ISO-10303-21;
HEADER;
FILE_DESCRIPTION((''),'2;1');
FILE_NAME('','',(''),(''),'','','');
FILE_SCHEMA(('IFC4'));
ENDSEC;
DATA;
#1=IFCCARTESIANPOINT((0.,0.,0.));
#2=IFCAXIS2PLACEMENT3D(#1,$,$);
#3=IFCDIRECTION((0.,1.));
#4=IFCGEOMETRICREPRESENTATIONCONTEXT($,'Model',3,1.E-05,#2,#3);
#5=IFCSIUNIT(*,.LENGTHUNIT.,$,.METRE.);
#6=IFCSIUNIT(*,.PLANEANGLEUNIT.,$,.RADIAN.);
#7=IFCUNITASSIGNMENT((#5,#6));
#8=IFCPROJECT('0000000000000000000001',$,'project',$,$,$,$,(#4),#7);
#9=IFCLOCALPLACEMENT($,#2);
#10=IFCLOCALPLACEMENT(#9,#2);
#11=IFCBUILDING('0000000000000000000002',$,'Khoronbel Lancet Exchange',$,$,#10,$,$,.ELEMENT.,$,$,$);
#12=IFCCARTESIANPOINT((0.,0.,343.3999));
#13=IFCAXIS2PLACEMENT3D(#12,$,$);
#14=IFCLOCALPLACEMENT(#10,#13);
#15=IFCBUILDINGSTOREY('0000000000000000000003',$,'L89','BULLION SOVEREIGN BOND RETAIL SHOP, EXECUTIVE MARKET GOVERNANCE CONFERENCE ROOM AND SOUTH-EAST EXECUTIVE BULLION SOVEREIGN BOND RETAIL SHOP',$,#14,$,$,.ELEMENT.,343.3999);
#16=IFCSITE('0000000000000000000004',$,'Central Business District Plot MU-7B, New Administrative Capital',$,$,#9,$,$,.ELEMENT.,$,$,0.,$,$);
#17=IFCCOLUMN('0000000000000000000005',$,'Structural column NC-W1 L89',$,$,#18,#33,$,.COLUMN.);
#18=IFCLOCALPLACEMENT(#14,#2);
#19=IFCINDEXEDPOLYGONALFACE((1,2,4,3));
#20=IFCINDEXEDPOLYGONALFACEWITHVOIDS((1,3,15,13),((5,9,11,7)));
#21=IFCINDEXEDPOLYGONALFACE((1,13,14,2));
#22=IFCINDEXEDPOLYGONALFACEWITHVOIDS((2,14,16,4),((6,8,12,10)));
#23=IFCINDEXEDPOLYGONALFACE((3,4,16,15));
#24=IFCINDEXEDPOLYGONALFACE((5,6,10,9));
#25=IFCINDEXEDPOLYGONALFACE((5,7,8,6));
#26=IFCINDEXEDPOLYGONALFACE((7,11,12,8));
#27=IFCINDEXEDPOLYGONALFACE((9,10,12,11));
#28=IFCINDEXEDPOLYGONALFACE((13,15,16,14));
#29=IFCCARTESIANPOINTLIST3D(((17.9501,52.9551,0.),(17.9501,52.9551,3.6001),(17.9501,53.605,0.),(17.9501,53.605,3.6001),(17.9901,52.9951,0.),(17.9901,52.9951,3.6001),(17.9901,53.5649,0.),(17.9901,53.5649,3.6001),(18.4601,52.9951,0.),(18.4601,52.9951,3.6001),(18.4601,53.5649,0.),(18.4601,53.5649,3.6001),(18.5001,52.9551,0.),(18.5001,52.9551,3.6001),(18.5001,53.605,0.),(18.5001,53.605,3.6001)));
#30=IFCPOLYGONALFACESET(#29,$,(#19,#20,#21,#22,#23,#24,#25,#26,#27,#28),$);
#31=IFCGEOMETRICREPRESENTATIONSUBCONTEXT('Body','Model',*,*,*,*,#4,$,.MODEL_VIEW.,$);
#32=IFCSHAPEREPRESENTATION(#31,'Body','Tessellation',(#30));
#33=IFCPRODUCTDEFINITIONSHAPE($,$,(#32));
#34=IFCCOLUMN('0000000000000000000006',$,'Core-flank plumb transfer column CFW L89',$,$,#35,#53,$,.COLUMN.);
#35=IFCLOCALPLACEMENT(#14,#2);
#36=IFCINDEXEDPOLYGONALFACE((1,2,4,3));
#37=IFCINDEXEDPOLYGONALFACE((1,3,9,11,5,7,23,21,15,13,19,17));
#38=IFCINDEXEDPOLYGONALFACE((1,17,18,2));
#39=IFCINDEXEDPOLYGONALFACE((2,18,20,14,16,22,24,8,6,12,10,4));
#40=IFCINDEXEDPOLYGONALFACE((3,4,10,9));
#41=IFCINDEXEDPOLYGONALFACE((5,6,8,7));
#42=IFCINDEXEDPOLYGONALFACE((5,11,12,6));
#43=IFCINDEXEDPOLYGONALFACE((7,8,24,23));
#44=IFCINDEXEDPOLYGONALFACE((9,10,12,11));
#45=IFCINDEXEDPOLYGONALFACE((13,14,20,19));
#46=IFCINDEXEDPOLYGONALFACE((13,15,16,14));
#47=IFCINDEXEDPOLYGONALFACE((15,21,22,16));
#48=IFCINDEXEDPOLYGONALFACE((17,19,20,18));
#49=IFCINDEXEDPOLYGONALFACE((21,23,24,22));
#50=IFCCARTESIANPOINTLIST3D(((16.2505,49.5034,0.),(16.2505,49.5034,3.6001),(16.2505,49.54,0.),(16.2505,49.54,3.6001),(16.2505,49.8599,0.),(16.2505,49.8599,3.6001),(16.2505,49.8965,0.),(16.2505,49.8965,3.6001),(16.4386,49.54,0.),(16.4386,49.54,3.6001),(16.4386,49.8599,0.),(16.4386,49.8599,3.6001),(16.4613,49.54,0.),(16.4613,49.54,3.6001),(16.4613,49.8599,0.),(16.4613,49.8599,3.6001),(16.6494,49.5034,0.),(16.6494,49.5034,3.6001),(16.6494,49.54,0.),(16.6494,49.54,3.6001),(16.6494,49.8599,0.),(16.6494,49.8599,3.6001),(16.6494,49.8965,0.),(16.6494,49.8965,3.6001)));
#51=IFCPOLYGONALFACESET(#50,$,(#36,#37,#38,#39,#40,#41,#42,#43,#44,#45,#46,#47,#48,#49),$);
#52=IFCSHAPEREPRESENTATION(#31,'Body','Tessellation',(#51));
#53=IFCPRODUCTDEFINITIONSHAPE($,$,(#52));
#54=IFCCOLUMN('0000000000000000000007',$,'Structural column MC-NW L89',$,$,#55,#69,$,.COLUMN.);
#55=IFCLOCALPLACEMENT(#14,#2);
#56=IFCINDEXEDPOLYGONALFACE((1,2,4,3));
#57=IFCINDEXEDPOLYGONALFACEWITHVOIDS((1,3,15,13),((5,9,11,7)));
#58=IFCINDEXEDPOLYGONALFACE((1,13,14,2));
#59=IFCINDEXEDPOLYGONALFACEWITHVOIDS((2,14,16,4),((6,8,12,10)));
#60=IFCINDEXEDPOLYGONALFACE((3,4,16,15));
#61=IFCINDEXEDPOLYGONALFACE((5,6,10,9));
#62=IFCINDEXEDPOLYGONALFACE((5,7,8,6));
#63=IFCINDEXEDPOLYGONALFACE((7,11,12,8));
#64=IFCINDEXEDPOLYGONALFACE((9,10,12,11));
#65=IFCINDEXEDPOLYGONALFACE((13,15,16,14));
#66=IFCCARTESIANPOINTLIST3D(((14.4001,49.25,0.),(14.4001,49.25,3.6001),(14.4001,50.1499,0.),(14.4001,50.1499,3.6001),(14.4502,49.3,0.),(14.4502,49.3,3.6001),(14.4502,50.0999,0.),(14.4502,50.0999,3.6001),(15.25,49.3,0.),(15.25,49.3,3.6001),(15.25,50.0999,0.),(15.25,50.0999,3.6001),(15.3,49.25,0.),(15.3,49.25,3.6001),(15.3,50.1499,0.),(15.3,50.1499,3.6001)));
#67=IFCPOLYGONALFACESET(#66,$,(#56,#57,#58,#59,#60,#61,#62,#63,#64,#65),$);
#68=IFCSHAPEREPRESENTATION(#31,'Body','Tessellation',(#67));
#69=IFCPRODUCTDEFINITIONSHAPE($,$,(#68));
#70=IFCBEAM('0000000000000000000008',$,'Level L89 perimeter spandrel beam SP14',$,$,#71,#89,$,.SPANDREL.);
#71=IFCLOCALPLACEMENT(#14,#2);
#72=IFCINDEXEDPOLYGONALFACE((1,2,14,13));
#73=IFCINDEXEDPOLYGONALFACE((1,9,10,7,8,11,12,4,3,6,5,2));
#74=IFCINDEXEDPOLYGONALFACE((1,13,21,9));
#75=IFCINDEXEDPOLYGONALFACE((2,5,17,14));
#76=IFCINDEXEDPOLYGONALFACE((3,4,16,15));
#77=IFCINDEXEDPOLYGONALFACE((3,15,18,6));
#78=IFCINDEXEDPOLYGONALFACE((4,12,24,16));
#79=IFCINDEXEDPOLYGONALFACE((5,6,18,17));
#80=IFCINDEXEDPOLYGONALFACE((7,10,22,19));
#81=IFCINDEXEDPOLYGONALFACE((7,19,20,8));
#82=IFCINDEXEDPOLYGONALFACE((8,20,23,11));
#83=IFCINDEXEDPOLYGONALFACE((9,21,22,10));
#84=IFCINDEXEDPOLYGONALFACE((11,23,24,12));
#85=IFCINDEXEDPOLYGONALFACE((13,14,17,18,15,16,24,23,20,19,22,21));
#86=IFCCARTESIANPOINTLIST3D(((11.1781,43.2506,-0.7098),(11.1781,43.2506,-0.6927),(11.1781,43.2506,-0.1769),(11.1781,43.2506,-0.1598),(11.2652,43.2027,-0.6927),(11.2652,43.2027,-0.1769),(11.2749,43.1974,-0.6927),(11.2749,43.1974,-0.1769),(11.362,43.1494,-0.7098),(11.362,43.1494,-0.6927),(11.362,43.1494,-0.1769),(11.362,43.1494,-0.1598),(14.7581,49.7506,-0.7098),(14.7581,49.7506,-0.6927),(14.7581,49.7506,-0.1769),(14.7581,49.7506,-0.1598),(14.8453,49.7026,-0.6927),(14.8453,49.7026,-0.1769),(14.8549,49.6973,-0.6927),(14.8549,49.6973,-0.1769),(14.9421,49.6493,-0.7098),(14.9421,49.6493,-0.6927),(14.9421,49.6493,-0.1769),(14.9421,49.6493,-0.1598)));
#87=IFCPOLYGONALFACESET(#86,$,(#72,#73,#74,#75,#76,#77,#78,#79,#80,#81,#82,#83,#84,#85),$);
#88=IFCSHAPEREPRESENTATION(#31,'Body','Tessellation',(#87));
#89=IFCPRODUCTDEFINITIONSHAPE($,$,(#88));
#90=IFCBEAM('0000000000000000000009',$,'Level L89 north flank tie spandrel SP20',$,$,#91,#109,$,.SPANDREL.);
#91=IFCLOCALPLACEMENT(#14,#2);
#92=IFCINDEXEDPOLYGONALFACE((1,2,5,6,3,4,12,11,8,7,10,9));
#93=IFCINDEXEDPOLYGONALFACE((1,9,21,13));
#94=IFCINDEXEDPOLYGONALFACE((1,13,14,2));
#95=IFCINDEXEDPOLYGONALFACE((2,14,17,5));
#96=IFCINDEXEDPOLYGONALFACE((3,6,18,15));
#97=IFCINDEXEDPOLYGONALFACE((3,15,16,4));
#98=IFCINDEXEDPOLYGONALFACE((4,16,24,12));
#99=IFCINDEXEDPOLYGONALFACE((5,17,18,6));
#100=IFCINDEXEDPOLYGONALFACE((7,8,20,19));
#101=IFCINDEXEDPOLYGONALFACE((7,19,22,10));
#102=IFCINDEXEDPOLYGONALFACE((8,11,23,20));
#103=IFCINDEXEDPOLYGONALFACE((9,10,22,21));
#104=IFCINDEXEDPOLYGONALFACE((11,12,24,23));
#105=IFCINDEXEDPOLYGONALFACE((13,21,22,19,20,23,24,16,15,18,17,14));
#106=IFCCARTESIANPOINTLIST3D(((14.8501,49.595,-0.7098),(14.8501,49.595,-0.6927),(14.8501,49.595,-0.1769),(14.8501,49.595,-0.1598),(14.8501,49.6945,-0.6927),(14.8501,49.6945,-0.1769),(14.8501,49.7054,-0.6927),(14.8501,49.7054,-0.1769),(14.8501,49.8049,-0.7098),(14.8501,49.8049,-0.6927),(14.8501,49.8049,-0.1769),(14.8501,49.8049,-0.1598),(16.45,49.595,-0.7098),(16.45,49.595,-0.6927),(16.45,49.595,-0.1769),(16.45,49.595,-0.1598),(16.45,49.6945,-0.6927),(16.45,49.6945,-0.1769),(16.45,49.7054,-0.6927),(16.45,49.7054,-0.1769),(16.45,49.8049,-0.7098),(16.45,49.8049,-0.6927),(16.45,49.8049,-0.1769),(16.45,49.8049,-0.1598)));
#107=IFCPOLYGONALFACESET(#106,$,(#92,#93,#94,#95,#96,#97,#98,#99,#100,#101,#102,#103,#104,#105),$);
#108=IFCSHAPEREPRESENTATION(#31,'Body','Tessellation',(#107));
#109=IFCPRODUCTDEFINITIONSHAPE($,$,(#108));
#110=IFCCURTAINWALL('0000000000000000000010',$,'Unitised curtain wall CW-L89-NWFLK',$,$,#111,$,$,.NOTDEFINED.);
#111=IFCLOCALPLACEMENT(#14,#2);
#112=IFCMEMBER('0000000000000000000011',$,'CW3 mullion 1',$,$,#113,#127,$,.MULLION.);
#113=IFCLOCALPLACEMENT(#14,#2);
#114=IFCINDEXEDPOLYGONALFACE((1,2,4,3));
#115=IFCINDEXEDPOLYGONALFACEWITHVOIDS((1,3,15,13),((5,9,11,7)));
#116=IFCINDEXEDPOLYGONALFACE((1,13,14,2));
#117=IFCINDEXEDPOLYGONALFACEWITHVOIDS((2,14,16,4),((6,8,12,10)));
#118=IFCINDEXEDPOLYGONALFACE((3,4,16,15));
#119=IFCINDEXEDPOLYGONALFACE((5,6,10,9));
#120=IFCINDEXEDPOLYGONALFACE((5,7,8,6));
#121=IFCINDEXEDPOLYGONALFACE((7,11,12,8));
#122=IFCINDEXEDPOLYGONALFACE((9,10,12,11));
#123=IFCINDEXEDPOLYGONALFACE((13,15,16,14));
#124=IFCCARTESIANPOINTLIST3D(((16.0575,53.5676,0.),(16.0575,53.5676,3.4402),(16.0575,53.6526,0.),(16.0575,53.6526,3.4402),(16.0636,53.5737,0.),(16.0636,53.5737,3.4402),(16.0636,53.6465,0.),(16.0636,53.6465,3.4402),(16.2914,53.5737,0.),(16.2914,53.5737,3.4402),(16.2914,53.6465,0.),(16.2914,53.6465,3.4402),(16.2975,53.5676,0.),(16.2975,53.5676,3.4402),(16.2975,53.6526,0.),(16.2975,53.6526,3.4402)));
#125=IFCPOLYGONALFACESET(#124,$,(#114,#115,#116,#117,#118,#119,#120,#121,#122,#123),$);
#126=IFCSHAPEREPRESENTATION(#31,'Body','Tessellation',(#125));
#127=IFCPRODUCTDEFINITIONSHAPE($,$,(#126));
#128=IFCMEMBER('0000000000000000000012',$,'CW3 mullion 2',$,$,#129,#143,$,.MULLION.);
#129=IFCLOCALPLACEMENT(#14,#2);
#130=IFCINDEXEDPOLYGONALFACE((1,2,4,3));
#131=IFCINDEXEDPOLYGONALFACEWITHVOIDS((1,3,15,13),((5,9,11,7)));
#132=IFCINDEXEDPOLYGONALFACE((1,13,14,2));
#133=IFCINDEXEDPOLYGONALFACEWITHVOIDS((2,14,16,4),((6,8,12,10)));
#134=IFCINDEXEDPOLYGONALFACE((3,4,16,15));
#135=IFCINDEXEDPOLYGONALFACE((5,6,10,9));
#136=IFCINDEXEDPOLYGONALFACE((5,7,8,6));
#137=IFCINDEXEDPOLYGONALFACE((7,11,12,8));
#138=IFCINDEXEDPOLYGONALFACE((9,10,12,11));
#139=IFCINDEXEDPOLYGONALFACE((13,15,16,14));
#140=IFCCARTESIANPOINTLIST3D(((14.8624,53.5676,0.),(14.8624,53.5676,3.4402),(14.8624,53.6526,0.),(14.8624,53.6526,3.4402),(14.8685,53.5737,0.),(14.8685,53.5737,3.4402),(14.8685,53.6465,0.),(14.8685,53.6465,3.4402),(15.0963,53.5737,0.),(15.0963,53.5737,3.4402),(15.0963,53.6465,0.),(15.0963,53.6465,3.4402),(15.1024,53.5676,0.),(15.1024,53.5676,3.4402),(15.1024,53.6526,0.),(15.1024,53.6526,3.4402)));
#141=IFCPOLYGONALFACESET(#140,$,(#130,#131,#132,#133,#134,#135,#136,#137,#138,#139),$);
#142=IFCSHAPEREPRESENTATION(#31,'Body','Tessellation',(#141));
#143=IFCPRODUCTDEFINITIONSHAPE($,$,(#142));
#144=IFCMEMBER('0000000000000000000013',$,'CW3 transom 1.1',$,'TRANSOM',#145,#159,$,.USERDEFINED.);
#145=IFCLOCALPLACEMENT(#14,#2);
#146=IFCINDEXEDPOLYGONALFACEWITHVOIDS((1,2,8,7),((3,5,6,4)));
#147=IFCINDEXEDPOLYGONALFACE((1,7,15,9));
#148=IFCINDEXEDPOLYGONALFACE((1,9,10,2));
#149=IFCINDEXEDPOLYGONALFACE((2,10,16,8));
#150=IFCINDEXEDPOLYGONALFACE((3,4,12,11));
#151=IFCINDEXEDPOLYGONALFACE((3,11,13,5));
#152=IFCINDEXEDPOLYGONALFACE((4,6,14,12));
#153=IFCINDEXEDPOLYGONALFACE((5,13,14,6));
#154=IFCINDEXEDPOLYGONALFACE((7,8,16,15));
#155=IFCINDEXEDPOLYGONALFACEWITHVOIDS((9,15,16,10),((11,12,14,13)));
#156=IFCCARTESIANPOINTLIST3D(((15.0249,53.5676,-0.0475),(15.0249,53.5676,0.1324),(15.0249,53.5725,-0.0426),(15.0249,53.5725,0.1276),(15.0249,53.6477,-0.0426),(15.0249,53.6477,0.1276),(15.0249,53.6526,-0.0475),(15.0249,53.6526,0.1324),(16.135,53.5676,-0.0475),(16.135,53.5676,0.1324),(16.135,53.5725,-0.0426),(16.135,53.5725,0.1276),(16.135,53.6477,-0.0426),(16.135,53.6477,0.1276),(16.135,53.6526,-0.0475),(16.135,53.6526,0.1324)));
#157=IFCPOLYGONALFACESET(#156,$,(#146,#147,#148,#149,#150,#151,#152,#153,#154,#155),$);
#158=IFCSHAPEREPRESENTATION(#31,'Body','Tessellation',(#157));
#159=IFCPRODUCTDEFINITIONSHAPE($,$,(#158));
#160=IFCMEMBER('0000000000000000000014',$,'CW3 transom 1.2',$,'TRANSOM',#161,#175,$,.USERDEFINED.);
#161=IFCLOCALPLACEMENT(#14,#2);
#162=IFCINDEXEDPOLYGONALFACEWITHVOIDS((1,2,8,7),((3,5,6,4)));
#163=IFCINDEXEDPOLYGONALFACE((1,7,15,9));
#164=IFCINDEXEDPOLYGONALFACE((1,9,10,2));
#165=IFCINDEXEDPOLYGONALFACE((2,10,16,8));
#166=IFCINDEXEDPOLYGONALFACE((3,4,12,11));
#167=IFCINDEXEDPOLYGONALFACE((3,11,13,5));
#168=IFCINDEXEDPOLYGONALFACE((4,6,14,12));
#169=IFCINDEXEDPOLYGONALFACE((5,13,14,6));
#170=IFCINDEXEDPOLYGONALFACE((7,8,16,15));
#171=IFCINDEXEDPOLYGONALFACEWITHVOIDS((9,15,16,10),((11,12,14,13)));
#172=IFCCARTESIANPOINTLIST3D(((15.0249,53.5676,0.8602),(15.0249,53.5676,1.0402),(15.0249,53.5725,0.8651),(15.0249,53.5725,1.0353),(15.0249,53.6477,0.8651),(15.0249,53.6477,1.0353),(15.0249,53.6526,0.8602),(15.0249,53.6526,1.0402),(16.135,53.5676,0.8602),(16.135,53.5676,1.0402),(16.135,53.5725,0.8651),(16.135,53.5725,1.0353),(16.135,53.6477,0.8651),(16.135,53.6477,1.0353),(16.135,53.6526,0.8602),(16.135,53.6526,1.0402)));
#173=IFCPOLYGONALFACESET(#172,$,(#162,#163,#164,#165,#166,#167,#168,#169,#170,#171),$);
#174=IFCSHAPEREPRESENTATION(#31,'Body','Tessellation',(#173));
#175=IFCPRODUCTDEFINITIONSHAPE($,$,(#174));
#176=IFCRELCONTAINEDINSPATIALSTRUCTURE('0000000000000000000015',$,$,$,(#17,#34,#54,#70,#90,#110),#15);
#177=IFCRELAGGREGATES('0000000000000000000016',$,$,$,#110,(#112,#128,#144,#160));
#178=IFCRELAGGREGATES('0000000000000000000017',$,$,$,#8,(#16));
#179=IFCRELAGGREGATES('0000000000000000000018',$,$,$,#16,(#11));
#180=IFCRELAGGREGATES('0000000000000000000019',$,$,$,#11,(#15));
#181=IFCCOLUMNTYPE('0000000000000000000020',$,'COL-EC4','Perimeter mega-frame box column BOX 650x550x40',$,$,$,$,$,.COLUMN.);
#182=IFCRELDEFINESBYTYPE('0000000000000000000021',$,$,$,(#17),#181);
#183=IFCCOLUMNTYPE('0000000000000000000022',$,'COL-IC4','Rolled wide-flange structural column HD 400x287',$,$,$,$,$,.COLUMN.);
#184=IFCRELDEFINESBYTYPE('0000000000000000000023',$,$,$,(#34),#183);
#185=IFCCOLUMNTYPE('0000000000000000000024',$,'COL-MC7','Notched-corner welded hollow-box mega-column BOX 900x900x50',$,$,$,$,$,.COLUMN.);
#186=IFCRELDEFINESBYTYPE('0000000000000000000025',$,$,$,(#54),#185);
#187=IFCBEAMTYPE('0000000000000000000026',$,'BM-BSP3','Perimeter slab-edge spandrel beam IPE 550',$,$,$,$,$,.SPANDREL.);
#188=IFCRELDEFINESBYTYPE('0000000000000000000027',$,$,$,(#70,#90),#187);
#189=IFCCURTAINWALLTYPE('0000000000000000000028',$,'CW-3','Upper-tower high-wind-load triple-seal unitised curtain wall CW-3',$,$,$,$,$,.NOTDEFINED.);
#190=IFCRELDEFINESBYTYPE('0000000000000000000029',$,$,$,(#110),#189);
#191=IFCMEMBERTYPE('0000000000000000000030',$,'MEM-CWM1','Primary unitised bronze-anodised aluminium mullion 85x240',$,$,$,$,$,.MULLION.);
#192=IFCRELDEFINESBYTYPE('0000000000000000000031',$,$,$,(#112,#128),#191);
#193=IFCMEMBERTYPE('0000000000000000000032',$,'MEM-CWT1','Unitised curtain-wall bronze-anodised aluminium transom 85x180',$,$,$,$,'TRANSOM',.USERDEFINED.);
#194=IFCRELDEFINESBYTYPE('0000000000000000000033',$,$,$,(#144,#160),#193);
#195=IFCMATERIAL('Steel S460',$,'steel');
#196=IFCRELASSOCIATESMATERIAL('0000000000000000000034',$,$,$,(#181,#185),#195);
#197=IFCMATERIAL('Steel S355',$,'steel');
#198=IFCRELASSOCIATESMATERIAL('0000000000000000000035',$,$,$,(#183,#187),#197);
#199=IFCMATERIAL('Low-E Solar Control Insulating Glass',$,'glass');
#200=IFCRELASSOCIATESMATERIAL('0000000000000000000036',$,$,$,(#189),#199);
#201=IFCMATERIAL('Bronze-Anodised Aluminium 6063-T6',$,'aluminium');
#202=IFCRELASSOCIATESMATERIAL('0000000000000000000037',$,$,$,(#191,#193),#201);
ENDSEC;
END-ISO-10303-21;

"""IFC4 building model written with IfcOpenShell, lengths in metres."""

from ifc_helpers import new_model, si_unit, direction, frame, origin, origin_2d, place, context, subcontext, project, spatial, hollow_rectangle, i_section, extrude, material, material_profile, profile_set, type_object, element, aggregate, save


model = new_model("IFC4")

# Units and contexts
model_context = context("Model", 3, precision=1e-05, world=origin(), true_north=direction((0.0, 1.0)))
body_context = subcontext(model_context, "Body", "Model", "MODEL_VIEW")
ifc_project = project(units=[si_unit("LENGTHUNIT", "METRE"), si_unit("PLANEANGLEUNIT", "RADIAN")], contexts=[model_context])

# Site, building, storey
site_placement = place(None, origin())
site = spatial("IfcSite", under=ifc_project, at=site_placement, Name="Central Business District Plot MU-7B, New Administrative Capital", CompositionType="ELEMENT", RefElevation=0.0)
building_placement = place(site_placement, origin())
building = spatial("IfcBuilding", under=site, at=building_placement, Name="Khoronbel Lancet Exchange", CompositionType="ELEMENT")
storey_placement = place(building_placement, frame((0.0, 0.0, 343.3999)))
storey = spatial("IfcBuildingStorey", under=building, at=storey_placement, Name="L89", Description="BULLION SOVEREIGN BOND RETAIL SHOP, EXECUTIVE MARKET GOVERNANCE CONFERENCE ROOM AND SOUTH-EAST EXECUTIVE BULLION SOVEREIGN BOND RETAIL SHOP", CompositionType="ELEMENT", Elevation=343.3999)

# Columns
ifc_material_1 = material(Name="Steel S460", Category="steel")
ifc_material_profile_1 = material_profile(ifc_material_1, hollow_rectangle(XDim=0.55, YDim=0.6499, WallThickness=0.04, at=origin_2d()), Name="BOX 650x550x40")
ifc_profile_set_1 = profile_set([ifc_material_profile_1], Name="Steel S460")
column_type_1 = type_object("IfcColumnType", Name="COL-EC4", Description="Perimeter mega-frame box column BOX 650x550x40", PredefinedType="COLUMN", material=ifc_profile_set_1)
column_1_placement = place(storey_placement, frame((18.2251, 53.28, 0.0), z_axis=(0.0, 0.0, 1.0), x_axis=(1.0, 0.0, 0.0)))
element("IfcColumn", 1, at=column_1_placement, inside=storey, type_object=column_type_1, Name="Structural column NC-W1 L89", PredefinedType="COLUMN", context=body_context, shape_type="SweptSolid", body=[
    extrude(hollow_rectangle(XDim=0.55, YDim=0.6499, WallThickness=0.04, at=origin_2d()), origin(), (0.0, 0.0, 1.0), 3.6001),
])
ifc_material_2 = material(Name="Steel S355", Category="steel")
ifc_material_profile_2 = material_profile(ifc_material_2, i_section(OverallWidth=0.3989, OverallDepth=0.3931, WebThickness=0.0227, FlangeThickness=0.0366, at=origin_2d()), Name="HD 400x287")
ifc_profile_set_2 = profile_set([ifc_material_profile_2], Name="Steel S355")
column_type_2 = type_object("IfcColumnType", Name="COL-IC4", Description="Rolled wide-flange structural column HD 400x287", PredefinedType="COLUMN", material=ifc_profile_set_2)
column_2_placement = place(storey_placement, frame((16.45, 49.7, 0.0), z_axis=(0.0, 0.0, 1.0), x_axis=(1.0, 0.0, 0.0)))
element("IfcColumn", 2, at=column_2_placement, inside=storey, type_object=column_type_2, Name="Core-flank plumb transfer column CFW L89", PredefinedType="COLUMN", context=body_context, shape_type="SweptSolid", body=[
    extrude(i_section(OverallWidth=0.3989, OverallDepth=0.3931, WebThickness=0.0227, FlangeThickness=0.0366, at=origin_2d()), origin(), (0.0, 0.0, 1.0), 3.6001),
])
ifc_material_profile_3 = material_profile(ifc_material_1, hollow_rectangle(XDim=0.8999, YDim=0.8999, WallThickness=0.05, at=origin_2d()), Name="BOX 900x900x50")
ifc_profile_set_3 = profile_set([ifc_material_profile_3], Name="Steel S460")
column_type_3 = type_object("IfcColumnType", Name="COL-MC7", Description="Notched-corner welded hollow-box mega-column BOX 900x900x50", PredefinedType="COLUMN", material=ifc_profile_set_3)
column_3_placement = place(storey_placement, frame((14.8501, 49.7, 0.0), z_axis=(0.0, 0.0, 1.0), x_axis=(1.0, 0.0, 0.0)))
element("IfcColumn", 3, at=column_3_placement, inside=storey, type_object=column_type_3, Name="Structural column MC-NW L89", PredefinedType="COLUMN", context=body_context, shape_type="SweptSolid", body=[
    extrude(hollow_rectangle(XDim=0.8999, YDim=0.8999, WallThickness=0.05, at=origin_2d()), origin(), (0.0, 0.0, 1.0), 3.6001),
])

# Beams
ifc_material_profile_4 = material_profile(ifc_material_2, i_section(OverallWidth=0.21, OverallDepth=0.55, WebThickness=0.011, FlangeThickness=0.0171, at=origin_2d()), Name="IPE 550")
ifc_profile_set_4 = profile_set([ifc_material_profile_4], Name="Steel S355")
beam_type = type_object("IfcBeamType", Name="BM-BSP3", Description="Perimeter slab-edge spandrel beam IPE 550", PredefinedType="SPANDREL", material=ifc_profile_set_4)
beam_1_placement = place(storey_placement, frame((14.8501, 49.7, -0.4348), z_axis=(-0.482444, -0.875927, 0.0), x_axis=(0.875927, -0.482444, 0.0)))
element("IfcBeam", 4, at=beam_1_placement, inside=storey, type_object=beam_type, Name="Level L89 perimeter spandrel beam SP14", PredefinedType="SPANDREL", context=body_context, shape_type="SweptSolid", body=[
    extrude(i_section(OverallWidth=0.21, OverallDepth=0.55, WebThickness=0.011, FlangeThickness=0.0171, at=origin_2d()), origin(), (0.0, 0.0, 1.0), 7.4207),
])
beam_2_placement = place(storey_placement, frame((14.8501, 49.7, -0.4348), z_axis=(1.0, 0.0, 0.0), x_axis=(0.0, 1.0, 0.0)))
element("IfcBeam", 5, at=beam_2_placement, inside=storey, type_object=beam_type, Name="Level L89 north flank tie spandrel SP20", PredefinedType="SPANDREL", context=body_context, shape_type="SweptSolid", body=[
    extrude(i_section(OverallWidth=0.21, OverallDepth=0.55, WebThickness=0.011, FlangeThickness=0.0171, at=origin_2d()), origin(), (0.0, 0.0, 1.0), 1.5999),
])

# Curtain wall, members
ifc_material_3 = material(Name="Low-E Solar Control Insulating Glass", Category="glass")
curtain_wall_type = type_object("IfcCurtainWallType", Name="CW-3", Description="Upper-tower high-wind-load triple-seal unitised curtain wall CW-3", PredefinedType="NOTDEFINED", material=ifc_material_3)
curtain_wall_placement = place(storey_placement, origin())
curtain_wall = element("IfcCurtainWall", 6, at=curtain_wall_placement, inside=storey, type_object=curtain_wall_type, Name="Unitised curtain wall CW-L89-NWFLK", PredefinedType="NOTDEFINED")
ifc_material_4 = material(Name="Bronze-Anodised Aluminium 6063-T6", Category="aluminium")
ifc_material_profile_5 = material_profile(ifc_material_4, hollow_rectangle(XDim=0.085, YDim=0.24, WallThickness=0.0061, at=origin_2d()), Name="ALU MULLION 85x240")
ifc_profile_set_5 = profile_set([ifc_material_profile_5], Name="Bronze-Anodised Aluminium 6063-T6")
member_type_1 = type_object("IfcMemberType", Name="MEM-CWM1", Description="Primary unitised bronze-anodised aluminium mullion 85x240", PredefinedType="MULLION", material=ifc_profile_set_5)
member_1_placement = place(storey_placement, frame((16.1775, 53.6101, 0.0), z_axis=(0.0, 0.0, 1.0), x_axis=(0.0, -1.0, 0.0)))
member_1 = element("IfcMember", 7, at=member_1_placement, type_object=member_type_1, Name="CW3 mullion 1", PredefinedType="MULLION", context=body_context, shape_type="SweptSolid", body=[
    extrude(hollow_rectangle(XDim=0.085, YDim=0.24, WallThickness=0.0061, at=origin_2d()), origin(), (0.0, 0.0, 1.0), 3.4402),
])
member_2_placement = place(storey_placement, frame((14.9824, 53.6101, 0.0), z_axis=(0.0, 0.0, 1.0), x_axis=(0.0, -1.0, 0.0)))
member_2 = element("IfcMember", 8, at=member_2_placement, type_object=member_type_1, Name="CW3 mullion 2", PredefinedType="MULLION", context=body_context, shape_type="SweptSolid", body=[
    extrude(hollow_rectangle(XDim=0.085, YDim=0.24, WallThickness=0.0061, at=origin_2d()), origin(), (0.0, 0.0, 1.0), 3.4402),
])
ifc_material_profile_6 = material_profile(ifc_material_4, hollow_rectangle(XDim=0.085, YDim=0.1799, WallThickness=0.0049, at=origin_2d()), Name="ALU TRANSOM 85x180")
ifc_profile_set_6 = profile_set([ifc_material_profile_6], Name="Bronze-Anodised Aluminium 6063-T6")
member_type_2 = type_object("IfcMemberType", Name="MEM-CWT1", Description="Unitised curtain-wall bronze-anodised aluminium transom 85x180", ElementType="TRANSOM", PredefinedType="USERDEFINED", material=ifc_profile_set_6)
member_3_placement = place(storey_placement, frame((16.135, 53.6101, 0.0425), z_axis=(-1.0, 0.0, 0.0), x_axis=(0.0, -1.0, 0.0)))
member_3 = element("IfcMember", 9, at=member_3_placement, type_object=member_type_2, Name="CW3 transom 1.1", ObjectType="TRANSOM", PredefinedType="USERDEFINED", context=body_context, shape_type="SweptSolid", body=[
    extrude(hollow_rectangle(XDim=0.085, YDim=0.1799, WallThickness=0.0049, at=origin_2d()), origin(), (0.0, 0.0, 1.0), 1.1101),
])
member_4_placement = place(storey_placement, frame((16.135, 53.6101, 0.9502), z_axis=(-1.0, 0.0, 0.0), x_axis=(0.0, -1.0, 0.0)))
member_4 = element("IfcMember", 10, at=member_4_placement, type_object=member_type_2, Name="CW3 transom 1.2", ObjectType="TRANSOM", PredefinedType="USERDEFINED", context=body_context, shape_type="SweptSolid", body=[
    extrude(hollow_rectangle(XDim=0.085, YDim=0.1799, WallThickness=0.0049, at=origin_2d()), origin(), (0.0, 0.0, 1.0), 1.1101),
])
aggregate(curtain_wall, [member_1, member_2, member_3, member_4])

save(model, "model.ifc")
